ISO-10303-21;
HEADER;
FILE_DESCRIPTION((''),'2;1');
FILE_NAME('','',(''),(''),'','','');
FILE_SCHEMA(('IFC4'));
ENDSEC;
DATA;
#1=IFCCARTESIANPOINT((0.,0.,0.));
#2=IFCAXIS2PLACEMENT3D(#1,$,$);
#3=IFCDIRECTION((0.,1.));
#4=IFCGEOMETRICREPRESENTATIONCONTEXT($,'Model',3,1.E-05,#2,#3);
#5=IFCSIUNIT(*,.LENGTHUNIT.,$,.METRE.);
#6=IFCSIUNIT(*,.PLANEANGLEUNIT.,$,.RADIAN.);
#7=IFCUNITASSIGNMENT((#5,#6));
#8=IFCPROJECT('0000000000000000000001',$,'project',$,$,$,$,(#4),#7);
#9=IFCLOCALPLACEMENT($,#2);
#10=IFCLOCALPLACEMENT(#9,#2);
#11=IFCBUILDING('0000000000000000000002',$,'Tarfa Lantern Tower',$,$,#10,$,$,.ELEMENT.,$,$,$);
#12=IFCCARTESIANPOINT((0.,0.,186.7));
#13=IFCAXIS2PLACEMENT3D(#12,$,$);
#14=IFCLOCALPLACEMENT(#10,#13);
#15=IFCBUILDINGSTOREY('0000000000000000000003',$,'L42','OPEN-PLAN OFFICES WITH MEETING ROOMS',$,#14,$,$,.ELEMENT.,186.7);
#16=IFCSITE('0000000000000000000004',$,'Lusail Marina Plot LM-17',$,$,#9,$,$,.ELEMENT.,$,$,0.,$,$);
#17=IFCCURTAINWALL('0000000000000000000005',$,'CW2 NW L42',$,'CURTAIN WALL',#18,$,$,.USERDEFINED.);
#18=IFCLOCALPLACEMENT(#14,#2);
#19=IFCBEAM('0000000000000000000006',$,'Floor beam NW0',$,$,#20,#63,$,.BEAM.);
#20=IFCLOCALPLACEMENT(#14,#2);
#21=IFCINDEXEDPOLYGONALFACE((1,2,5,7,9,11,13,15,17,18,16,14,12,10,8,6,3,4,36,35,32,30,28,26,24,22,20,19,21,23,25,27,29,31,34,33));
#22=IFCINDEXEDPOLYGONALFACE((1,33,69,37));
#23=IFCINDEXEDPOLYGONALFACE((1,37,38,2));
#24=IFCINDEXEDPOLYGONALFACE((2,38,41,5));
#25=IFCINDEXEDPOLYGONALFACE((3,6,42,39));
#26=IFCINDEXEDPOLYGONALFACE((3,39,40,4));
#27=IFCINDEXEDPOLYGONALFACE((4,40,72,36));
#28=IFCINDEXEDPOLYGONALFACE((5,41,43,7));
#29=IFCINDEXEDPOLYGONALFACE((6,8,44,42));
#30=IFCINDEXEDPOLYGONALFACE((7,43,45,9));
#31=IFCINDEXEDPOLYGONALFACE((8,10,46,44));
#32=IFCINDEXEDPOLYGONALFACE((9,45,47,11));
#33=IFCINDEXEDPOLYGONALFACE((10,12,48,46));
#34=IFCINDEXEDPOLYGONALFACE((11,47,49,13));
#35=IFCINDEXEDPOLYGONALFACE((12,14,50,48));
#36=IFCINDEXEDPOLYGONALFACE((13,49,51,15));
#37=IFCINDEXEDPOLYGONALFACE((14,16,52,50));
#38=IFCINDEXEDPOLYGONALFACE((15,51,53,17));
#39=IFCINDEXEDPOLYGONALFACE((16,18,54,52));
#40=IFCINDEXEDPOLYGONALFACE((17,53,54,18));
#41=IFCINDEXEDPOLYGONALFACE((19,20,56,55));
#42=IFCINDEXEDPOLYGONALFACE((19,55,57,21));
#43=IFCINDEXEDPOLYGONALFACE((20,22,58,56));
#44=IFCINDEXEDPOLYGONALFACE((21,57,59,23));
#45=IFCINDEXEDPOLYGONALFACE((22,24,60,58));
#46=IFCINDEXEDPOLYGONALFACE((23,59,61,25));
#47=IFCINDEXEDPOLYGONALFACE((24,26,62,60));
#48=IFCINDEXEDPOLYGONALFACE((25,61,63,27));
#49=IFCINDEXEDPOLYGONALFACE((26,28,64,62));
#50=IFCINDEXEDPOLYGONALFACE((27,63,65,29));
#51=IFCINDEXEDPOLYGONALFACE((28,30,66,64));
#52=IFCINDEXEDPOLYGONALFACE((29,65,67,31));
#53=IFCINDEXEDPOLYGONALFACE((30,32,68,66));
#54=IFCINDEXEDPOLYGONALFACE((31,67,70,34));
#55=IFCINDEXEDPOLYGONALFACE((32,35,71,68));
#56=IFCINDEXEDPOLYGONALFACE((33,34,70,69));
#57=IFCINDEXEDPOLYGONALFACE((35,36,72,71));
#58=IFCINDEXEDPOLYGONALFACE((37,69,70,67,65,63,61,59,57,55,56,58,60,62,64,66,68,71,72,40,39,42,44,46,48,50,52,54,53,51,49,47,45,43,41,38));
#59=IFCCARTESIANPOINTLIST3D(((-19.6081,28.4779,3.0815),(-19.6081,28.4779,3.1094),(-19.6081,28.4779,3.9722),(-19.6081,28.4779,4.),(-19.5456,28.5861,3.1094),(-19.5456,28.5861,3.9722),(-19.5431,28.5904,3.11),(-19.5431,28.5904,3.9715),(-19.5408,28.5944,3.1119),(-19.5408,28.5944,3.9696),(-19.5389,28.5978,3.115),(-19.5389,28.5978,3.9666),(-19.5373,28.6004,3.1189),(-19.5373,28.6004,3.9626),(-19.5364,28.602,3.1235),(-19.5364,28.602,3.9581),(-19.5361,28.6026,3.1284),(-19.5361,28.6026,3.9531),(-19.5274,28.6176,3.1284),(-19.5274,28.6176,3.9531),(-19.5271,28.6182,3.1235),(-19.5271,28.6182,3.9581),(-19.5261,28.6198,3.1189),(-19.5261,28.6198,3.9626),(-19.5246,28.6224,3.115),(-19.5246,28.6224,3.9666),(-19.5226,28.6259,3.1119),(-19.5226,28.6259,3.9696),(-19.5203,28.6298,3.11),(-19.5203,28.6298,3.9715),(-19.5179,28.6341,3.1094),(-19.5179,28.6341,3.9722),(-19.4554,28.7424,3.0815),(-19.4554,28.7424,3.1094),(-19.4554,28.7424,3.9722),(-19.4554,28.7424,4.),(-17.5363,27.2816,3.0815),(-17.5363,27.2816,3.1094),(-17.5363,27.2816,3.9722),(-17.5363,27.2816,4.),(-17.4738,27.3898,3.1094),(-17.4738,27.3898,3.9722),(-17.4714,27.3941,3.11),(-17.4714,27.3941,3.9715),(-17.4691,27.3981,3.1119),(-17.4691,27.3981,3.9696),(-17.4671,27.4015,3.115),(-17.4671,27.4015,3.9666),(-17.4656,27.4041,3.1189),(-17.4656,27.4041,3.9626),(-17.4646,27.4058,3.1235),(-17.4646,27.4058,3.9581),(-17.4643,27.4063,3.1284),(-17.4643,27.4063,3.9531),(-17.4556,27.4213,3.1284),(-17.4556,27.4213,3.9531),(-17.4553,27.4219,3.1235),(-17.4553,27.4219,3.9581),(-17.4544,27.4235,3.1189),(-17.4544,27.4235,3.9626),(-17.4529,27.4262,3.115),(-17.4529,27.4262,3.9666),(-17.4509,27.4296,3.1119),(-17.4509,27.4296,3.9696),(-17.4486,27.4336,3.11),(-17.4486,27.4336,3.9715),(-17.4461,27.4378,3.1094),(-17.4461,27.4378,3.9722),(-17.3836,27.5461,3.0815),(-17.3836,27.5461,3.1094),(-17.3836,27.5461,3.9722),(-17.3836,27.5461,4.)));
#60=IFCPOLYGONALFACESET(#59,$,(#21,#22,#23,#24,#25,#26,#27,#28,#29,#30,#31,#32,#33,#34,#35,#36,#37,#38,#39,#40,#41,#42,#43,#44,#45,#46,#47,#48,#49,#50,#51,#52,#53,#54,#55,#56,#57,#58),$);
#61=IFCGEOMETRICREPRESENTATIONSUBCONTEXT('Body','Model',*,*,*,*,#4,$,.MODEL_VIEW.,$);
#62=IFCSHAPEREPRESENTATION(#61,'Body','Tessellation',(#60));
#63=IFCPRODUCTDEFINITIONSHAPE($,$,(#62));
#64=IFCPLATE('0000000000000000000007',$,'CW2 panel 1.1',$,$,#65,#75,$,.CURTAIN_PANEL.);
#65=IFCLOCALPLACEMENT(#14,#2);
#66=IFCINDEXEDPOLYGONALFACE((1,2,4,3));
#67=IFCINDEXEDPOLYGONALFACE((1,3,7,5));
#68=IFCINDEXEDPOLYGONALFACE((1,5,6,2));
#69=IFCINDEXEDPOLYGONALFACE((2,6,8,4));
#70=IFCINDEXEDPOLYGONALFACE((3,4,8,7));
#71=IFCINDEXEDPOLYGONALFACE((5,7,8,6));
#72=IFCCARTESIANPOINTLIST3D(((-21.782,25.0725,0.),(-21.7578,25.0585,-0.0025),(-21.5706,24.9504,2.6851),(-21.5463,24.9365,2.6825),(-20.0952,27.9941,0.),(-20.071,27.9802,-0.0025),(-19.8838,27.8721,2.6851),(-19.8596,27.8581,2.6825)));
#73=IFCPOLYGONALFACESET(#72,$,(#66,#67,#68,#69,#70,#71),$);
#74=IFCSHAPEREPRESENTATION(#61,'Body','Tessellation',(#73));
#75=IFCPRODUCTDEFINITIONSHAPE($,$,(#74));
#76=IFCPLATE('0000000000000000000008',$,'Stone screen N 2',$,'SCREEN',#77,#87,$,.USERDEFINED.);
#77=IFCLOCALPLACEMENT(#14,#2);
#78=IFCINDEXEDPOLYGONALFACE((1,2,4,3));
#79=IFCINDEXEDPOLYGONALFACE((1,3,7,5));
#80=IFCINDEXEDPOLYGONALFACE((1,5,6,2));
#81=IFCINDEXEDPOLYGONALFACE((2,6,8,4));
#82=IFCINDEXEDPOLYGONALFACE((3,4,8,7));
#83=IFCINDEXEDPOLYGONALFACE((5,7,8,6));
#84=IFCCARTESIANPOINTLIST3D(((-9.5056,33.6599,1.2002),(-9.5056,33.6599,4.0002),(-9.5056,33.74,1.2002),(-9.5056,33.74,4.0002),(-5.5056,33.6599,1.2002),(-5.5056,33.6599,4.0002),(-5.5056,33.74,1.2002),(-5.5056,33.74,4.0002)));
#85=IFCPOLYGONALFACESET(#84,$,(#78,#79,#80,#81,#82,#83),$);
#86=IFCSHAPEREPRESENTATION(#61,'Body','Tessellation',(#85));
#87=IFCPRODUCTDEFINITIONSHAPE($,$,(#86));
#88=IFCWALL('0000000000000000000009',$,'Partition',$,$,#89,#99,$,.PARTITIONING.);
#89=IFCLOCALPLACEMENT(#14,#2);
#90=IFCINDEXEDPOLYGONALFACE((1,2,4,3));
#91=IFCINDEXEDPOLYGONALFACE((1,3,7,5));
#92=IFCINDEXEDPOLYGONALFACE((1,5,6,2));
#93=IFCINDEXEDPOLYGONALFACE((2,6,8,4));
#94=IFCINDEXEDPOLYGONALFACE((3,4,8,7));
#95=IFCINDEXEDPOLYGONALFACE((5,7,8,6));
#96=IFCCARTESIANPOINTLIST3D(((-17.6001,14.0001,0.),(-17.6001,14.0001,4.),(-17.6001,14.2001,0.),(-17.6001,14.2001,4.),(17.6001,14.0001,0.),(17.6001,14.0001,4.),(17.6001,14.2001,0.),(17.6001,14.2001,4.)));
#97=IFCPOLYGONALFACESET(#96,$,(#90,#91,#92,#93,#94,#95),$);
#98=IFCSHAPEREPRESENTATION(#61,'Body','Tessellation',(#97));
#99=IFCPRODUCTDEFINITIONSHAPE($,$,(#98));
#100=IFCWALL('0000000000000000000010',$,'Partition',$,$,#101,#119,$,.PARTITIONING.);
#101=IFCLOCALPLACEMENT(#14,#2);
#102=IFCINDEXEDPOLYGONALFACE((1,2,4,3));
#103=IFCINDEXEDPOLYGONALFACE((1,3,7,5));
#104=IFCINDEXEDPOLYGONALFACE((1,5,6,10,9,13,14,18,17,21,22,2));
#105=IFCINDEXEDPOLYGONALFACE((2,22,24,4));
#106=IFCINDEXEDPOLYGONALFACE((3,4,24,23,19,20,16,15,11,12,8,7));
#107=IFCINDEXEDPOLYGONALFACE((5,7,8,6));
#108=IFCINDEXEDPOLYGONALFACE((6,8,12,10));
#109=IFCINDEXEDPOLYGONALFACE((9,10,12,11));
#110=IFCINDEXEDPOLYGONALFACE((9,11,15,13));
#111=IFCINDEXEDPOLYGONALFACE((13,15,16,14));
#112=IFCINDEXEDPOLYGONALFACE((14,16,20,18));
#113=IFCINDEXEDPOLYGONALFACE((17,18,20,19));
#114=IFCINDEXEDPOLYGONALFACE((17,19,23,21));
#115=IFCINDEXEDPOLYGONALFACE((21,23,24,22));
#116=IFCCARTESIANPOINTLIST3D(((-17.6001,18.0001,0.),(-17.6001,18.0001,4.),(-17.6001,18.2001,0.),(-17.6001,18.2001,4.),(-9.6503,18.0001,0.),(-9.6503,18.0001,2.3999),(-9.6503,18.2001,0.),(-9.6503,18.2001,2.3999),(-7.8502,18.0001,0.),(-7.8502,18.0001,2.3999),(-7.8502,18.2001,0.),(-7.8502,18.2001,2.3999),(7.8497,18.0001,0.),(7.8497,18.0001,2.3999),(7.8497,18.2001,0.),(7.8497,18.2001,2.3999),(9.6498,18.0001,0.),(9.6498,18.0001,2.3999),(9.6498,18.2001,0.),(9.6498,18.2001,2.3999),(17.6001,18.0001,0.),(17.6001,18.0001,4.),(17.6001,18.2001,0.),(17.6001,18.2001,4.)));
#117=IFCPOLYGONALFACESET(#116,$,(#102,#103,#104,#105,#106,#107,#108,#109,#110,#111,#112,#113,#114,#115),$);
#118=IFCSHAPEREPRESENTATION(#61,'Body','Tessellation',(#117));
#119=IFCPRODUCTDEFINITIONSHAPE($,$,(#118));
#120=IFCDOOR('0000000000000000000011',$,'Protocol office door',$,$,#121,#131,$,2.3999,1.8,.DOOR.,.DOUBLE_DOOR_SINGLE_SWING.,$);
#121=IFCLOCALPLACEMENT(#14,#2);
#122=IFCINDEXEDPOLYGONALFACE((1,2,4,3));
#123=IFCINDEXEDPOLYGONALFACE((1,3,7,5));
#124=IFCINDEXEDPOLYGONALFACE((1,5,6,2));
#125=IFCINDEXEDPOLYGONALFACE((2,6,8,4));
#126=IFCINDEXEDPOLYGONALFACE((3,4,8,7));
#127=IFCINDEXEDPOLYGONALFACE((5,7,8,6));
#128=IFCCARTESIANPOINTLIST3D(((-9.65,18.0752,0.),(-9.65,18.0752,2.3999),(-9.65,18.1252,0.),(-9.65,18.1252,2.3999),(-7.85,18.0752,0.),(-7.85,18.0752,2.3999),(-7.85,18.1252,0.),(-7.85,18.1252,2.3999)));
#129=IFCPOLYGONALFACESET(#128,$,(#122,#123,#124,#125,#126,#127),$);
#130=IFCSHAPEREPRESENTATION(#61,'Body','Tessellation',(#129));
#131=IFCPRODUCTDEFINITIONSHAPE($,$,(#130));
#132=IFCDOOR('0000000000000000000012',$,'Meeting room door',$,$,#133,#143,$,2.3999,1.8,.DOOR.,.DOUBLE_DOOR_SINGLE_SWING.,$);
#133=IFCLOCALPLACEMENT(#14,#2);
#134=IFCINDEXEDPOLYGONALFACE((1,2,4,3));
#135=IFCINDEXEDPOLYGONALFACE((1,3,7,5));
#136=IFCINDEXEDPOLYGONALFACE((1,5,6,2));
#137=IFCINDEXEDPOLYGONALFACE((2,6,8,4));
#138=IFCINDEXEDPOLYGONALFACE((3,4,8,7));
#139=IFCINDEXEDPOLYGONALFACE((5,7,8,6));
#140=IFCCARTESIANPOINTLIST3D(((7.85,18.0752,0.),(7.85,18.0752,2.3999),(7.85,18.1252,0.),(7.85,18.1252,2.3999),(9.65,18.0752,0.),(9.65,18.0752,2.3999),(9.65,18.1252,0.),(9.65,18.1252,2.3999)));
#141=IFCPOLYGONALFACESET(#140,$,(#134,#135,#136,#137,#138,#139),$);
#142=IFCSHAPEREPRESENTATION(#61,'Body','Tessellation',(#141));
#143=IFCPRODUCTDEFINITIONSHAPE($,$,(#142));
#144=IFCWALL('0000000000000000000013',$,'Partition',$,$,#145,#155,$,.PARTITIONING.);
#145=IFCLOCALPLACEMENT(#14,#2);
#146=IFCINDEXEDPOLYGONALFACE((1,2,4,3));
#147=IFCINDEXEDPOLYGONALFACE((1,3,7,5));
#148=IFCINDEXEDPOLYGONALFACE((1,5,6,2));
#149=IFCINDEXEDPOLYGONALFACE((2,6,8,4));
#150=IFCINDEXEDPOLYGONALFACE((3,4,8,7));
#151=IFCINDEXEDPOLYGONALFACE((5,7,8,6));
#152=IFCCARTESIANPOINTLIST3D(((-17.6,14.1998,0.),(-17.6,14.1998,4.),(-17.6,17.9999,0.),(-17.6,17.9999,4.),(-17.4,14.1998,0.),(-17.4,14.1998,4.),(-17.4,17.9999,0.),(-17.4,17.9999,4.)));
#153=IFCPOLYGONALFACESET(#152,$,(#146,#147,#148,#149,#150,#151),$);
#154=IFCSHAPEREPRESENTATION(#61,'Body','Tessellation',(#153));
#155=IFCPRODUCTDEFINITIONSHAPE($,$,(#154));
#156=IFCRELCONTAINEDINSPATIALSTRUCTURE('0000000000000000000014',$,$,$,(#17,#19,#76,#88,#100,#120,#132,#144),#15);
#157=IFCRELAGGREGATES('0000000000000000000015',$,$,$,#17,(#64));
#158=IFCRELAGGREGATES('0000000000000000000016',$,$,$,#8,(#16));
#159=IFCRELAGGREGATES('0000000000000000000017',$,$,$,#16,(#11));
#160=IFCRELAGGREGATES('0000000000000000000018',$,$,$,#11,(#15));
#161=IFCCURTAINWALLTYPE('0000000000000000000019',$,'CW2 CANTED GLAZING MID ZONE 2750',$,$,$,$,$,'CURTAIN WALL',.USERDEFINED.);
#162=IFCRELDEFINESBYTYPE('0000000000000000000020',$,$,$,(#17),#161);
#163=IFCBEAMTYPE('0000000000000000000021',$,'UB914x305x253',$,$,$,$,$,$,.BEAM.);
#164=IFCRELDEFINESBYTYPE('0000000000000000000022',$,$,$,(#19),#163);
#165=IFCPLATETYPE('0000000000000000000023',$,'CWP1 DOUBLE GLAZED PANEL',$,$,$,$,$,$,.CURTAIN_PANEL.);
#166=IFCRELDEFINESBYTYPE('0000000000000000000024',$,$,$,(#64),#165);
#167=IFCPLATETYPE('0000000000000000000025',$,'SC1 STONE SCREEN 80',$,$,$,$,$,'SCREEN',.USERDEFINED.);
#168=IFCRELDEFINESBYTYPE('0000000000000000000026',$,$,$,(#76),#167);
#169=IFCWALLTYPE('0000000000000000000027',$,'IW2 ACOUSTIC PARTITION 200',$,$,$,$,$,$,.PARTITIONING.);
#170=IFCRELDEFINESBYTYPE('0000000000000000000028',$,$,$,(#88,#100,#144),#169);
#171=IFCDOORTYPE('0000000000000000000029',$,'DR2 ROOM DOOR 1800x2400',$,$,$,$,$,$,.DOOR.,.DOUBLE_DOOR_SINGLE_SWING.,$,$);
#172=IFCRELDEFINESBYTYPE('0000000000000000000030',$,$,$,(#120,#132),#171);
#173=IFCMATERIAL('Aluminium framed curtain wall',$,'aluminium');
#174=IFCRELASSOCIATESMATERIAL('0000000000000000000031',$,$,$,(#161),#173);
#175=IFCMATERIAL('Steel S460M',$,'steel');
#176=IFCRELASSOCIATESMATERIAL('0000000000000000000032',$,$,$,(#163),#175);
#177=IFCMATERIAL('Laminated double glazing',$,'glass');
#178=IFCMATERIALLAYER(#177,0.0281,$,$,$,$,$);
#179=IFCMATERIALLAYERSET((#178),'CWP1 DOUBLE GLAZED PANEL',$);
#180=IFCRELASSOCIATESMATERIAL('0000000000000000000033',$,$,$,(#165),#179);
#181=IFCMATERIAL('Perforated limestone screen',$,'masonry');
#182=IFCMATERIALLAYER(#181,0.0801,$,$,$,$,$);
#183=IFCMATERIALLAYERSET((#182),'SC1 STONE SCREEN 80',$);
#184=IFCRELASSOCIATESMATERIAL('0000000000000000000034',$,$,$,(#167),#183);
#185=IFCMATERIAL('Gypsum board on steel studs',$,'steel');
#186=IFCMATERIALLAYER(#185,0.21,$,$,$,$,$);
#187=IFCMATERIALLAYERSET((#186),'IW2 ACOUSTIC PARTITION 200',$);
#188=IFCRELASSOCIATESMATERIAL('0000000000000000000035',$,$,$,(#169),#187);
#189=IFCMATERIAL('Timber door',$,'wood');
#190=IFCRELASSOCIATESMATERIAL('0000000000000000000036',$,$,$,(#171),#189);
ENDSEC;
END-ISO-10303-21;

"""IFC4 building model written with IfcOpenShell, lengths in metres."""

from ifc_helpers import new_model, si_unit, direction, frame, frame_2d, origin, origin_2d, place, context, subcontext, project, spatial, polyline, rectangle, i_section, outline, extrude, material, layer, layer_set, material_profile, profile_set, type_object, element, fill, aggregate, save


model = new_model("IFC4")

# Units and contexts
model_context = context("Model", 3, precision=1e-05, world=origin(), true_north=direction((0.0, 1.0)))
body_context = subcontext(model_context, "Body", "Model", "MODEL_VIEW")
ifc_project = project(units=[si_unit("LENGTHUNIT", "METRE"), si_unit("PLANEANGLEUNIT", "RADIAN")], contexts=[model_context])

# Site, building, storey
site_placement = place(None, origin())
site = spatial("IfcSite", under=ifc_project, at=site_placement, Name="Lusail Marina Plot LM-17", CompositionType="ELEMENT", RefElevation=0.0)
building_placement = place(site_placement, origin())
building = spatial("IfcBuilding", under=site, at=building_placement, Name="Tarfa Lantern Tower", CompositionType="ELEMENT")
storey_placement = place(building_placement, frame((0.0, 0.0, 186.7)))
storey = spatial("IfcBuildingStorey", under=building, at=storey_placement, Name="L42", Description="OPEN-PLAN OFFICES WITH MEETING ROOMS", CompositionType="ELEMENT", Elevation=186.7)

# Curtain wall
ifc_material_1 = material(Name="Aluminium framed curtain wall", Category="aluminium")
curtain_wall_type = type_object("IfcCurtainWallType", Name="CW2 CANTED GLAZING MID ZONE 2750", ElementType="CURTAIN WALL", PredefinedType="USERDEFINED", material=ifc_material_1)
curtain_wall_placement = place(storey_placement, origin())
curtain_wall = element("IfcCurtainWall", 1, at=curtain_wall_placement, inside=storey, type_object=curtain_wall_type, Name="CW2 NW L42", ObjectType="CURTAIN WALL", PredefinedType="USERDEFINED")

# Beam
ifc_material_2 = material(Name="Steel S460M", Category="steel")
ifc_material_profile_1 = material_profile(ifc_material_2, i_section(OverallWidth=0.3054, OverallDepth=0.9185, WebThickness=0.0173, FlangeThickness=0.0278, FilletRadius=0.019, at=origin_2d()), Name="UB914x305x253")
ifc_profile_set_1 = profile_set([ifc_material_profile_1], Name="Steel S460M")
beam_type_1 = type_object("IfcBeamType", Name="UB914x305x253", PredefinedType="BEAM", material=ifc_profile_set_1)
beam_1_placement = place(storey_placement, frame((-19.5317, 28.6101, 3.5408), z_axis=(0.865999, -0.500046, 0.0), x_axis=(0.500046, 0.865999, 0.0)))
element("IfcBeam", 2, at=beam_1_placement, inside=storey, type_object=beam_type_1, Name="Floor beam NW0", PredefinedType="BEAM", context=body_context, shape_type="SweptSolid", body=[
    extrude(i_section(OverallWidth=0.3054, OverallDepth=0.9185, WebThickness=0.0173, FlangeThickness=0.0278, FilletRadius=0.019, at=origin_2d()), origin(), (0.0, 0.0, 1.0), 2.3923),
])

# Plates
ifc_material_3 = material(Name="Laminated double glazing", Category="glass")
ifc_layer_1 = layer(ifc_material_3, 0.0281)
ifc_layer_set_1 = layer_set([ifc_layer_1], Name="CWP1 DOUBLE GLAZED PANEL")
plate_type_1 = type_object("IfcPlateType", Name="CWP1 DOUBLE GLAZED PANEL", PredefinedType="CURTAIN_PANEL", material=ifc_layer_set_1)
plate_1_placement = place(storey_placement, frame((-20.0952, 27.9941, 0.0), z_axis=(-0.862472, 0.497938, 0.09055), x_axis=(-0.499992, -0.86603, 0.0)))
plate_1 = element("IfcPlate", 3, at=plate_1_placement, type_object=plate_type_1, Name="CW2 panel 1.1", PredefinedType="CURTAIN_PANEL", context=body_context, shape_type="SweptSolid", body=[
    extrude(outline(polyline([(0.0, 0.0), (3.3736, 0.0), (3.3736, 2.6961), (0.0, 2.6961), (0.0, 0.0)])), origin(), (0.0, 0.0, -1.0), 0.0281),
])
aggregate(curtain_wall, [plate_1])
ifc_material_4 = material(Name="Perforated limestone screen", Category="masonry")
ifc_layer_2 = layer(ifc_material_4, 0.0801)
ifc_layer_set_2 = layer_set([ifc_layer_2], Name="SC1 STONE SCREEN 80")
plate_type_2 = type_object("IfcPlateType", Name="SC1 STONE SCREEN 80", ElementType="SCREEN", PredefinedType="USERDEFINED", material=ifc_layer_set_2)
plate_2_placement = place(storey_placement, frame((-7.5056, 33.7, 1.2002), z_axis=(0.0, 0.0, 1.0), x_axis=(-1.0, 0.0, 0.0)))
element("IfcPlate", 4, at=plate_2_placement, inside=storey, type_object=plate_type_2, Name="Stone screen N 2", ObjectType="SCREEN", PredefinedType="USERDEFINED", context=body_context, shape_type="SweptSolid", body=[
    extrude(rectangle(XDim=4.0, YDim=0.0801, at=origin_2d()), origin(), (0.0, 0.0, 1.0), 2.8),
])

# Wall
ifc_material_5 = material(Name="Gypsum board on steel studs", Category="steel")
ifc_layer_3 = layer(ifc_material_5, 0.21)
ifc_layer_set_3 = layer_set([ifc_layer_3], Name="IW2 ACOUSTIC PARTITION 200")
wall_type = type_object("IfcWallType", Name="IW2 ACOUSTIC PARTITION 200", PredefinedType="PARTITIONING", material=ifc_layer_set_3)
wall_1_placement = place(storey_placement, frame((-17.6001, 14.1001, 0.0), z_axis=(0.0, 0.0, 1.0), x_axis=(1.0, 0.0, 0.0)))
element("IfcWall", 5, at=wall_1_placement, inside=storey, type_object=wall_type, Name="Partition", PredefinedType="PARTITIONING", context=body_context, shape_type="SweptSolid", body=[
    extrude(rectangle(XDim=35.2002, YDim=0.2, at=frame_2d((17.6001, 0.0))), origin(), (0.0, 0.0, 1.0), 4.0),
])

# Wall, openings, doors
wall_2_placement = place(storey_placement, frame((-17.6001, 18.1001, 0.0), z_axis=(0.0, 0.0, 1.0), x_axis=(1.0, 0.0, 0.0)))
wall_2 = element("IfcWall", 6, at=wall_2_placement, inside=storey, type_object=wall_type, Name="Partition", PredefinedType="PARTITIONING", context=body_context, shape_type="SweptSolid", body=[
    extrude(rectangle(XDim=35.2002, YDim=0.2, at=frame_2d((17.6001, 0.0))), origin(), (0.0, 0.0, 1.0), 4.0),
])
opening_1_placement = place(wall_2_placement, frame((7.95, 0.0, 0.0)))
opening_1 = element("IfcOpeningElement", 7, at=opening_1_placement, cuts=wall_2, PredefinedType="OPENING", context=body_context, shape_type="SweptSolid", body=[
    extrude(rectangle(XDim=1.8, YDim=2.3999, at=frame_2d((0.8999, 1.2))), frame((0.0, 0.1099, 0.0), z_axis=(0.0, -1.0, 0.0), x_axis=(1.0, 0.0, 0.0)), (0.0, 0.0, 1.0), 0.22),
])
opening_2_placement = place(wall_2_placement, frame((25.45, 0.0, 0.0)))
opening_2 = element("IfcOpeningElement", 8, at=opening_2_placement, cuts=wall_2, PredefinedType="OPENING", context=body_context, shape_type="SweptSolid", body=[
    extrude(rectangle(XDim=1.8, YDim=2.3999, at=frame_2d((0.8999, 1.2))), frame((0.0, 0.1099, 0.0), z_axis=(0.0, -1.0, 0.0), x_axis=(1.0, 0.0, 0.0)), (0.0, 0.0, 1.0), 0.22),
])
ifc_material_6 = material(Name="Timber door", Category="wood")
door_type = type_object("IfcDoorType", Name="DR2 ROOM DOOR 1800x2400", OperationType="DOUBLE_DOOR_SINGLE_SWING", PredefinedType="DOOR", material=ifc_material_6)
door_1_placement = place(opening_1_placement, frame((1.8, 0.0, 0.0), z_axis=(0.0, 0.0, 1.0), x_axis=(-1.0, 0.0, 0.0)))
door_1 = element("IfcDoor", 9, at=door_1_placement, inside=storey, type_object=door_type, Name="Protocol office door", OperationType="DOUBLE_DOOR_SINGLE_SWING", OverallHeight=2.3999, OverallWidth=1.8, PredefinedType="DOOR", context=body_context, shape_type="SweptSolid", body=[
    extrude(rectangle(XDim=1.8, YDim=2.3999, at=frame_2d((0.8999, 1.2))), frame((0.0, 0.0249, 0.0), z_axis=(0.0, -1.0, 0.0), x_axis=(1.0, 0.0, 0.0)), (0.0, 0.0, 1.0), 0.05),
])
fill(opening_1, door_1)
door_2_placement = place(opening_2_placement, frame((1.8, 0.0, 0.0), z_axis=(0.0, 0.0, 1.0), x_axis=(-1.0, 0.0, 0.0)))
door_2 = element("IfcDoor", 10, at=door_2_placement, inside=storey, type_object=door_type, Name="Meeting room door", OperationType="DOUBLE_DOOR_SINGLE_SWING", OverallHeight=2.3999, OverallWidth=1.8, PredefinedType="DOOR", context=body_context, shape_type="SweptSolid", body=[
    extrude(rectangle(XDim=1.8, YDim=2.3999, at=frame_2d((0.8999, 1.2))), frame((0.0, 0.0249, 0.0), z_axis=(0.0, -1.0, 0.0), x_axis=(1.0, 0.0, 0.0)), (0.0, 0.0, 1.0), 0.05),
])
fill(opening_2, door_2)

# Wall
wall_3_placement = place(storey_placement, frame((-17.5, 14.2, 0.0), z_axis=(0.0, 0.0, 1.0), x_axis=(0.0, 1.0, 0.0)))
element("IfcWall", 11, at=wall_3_placement, inside=storey, type_object=wall_type, Name="Partition", PredefinedType="PARTITIONING", context=body_context, shape_type="SweptSolid", body=[
    extrude(rectangle(XDim=3.8, YDim=0.2, at=frame_2d((1.8999, 0.0))), origin(), (0.0, 0.0, 1.0), 4.0),
])

save(model, "model.ifc")
